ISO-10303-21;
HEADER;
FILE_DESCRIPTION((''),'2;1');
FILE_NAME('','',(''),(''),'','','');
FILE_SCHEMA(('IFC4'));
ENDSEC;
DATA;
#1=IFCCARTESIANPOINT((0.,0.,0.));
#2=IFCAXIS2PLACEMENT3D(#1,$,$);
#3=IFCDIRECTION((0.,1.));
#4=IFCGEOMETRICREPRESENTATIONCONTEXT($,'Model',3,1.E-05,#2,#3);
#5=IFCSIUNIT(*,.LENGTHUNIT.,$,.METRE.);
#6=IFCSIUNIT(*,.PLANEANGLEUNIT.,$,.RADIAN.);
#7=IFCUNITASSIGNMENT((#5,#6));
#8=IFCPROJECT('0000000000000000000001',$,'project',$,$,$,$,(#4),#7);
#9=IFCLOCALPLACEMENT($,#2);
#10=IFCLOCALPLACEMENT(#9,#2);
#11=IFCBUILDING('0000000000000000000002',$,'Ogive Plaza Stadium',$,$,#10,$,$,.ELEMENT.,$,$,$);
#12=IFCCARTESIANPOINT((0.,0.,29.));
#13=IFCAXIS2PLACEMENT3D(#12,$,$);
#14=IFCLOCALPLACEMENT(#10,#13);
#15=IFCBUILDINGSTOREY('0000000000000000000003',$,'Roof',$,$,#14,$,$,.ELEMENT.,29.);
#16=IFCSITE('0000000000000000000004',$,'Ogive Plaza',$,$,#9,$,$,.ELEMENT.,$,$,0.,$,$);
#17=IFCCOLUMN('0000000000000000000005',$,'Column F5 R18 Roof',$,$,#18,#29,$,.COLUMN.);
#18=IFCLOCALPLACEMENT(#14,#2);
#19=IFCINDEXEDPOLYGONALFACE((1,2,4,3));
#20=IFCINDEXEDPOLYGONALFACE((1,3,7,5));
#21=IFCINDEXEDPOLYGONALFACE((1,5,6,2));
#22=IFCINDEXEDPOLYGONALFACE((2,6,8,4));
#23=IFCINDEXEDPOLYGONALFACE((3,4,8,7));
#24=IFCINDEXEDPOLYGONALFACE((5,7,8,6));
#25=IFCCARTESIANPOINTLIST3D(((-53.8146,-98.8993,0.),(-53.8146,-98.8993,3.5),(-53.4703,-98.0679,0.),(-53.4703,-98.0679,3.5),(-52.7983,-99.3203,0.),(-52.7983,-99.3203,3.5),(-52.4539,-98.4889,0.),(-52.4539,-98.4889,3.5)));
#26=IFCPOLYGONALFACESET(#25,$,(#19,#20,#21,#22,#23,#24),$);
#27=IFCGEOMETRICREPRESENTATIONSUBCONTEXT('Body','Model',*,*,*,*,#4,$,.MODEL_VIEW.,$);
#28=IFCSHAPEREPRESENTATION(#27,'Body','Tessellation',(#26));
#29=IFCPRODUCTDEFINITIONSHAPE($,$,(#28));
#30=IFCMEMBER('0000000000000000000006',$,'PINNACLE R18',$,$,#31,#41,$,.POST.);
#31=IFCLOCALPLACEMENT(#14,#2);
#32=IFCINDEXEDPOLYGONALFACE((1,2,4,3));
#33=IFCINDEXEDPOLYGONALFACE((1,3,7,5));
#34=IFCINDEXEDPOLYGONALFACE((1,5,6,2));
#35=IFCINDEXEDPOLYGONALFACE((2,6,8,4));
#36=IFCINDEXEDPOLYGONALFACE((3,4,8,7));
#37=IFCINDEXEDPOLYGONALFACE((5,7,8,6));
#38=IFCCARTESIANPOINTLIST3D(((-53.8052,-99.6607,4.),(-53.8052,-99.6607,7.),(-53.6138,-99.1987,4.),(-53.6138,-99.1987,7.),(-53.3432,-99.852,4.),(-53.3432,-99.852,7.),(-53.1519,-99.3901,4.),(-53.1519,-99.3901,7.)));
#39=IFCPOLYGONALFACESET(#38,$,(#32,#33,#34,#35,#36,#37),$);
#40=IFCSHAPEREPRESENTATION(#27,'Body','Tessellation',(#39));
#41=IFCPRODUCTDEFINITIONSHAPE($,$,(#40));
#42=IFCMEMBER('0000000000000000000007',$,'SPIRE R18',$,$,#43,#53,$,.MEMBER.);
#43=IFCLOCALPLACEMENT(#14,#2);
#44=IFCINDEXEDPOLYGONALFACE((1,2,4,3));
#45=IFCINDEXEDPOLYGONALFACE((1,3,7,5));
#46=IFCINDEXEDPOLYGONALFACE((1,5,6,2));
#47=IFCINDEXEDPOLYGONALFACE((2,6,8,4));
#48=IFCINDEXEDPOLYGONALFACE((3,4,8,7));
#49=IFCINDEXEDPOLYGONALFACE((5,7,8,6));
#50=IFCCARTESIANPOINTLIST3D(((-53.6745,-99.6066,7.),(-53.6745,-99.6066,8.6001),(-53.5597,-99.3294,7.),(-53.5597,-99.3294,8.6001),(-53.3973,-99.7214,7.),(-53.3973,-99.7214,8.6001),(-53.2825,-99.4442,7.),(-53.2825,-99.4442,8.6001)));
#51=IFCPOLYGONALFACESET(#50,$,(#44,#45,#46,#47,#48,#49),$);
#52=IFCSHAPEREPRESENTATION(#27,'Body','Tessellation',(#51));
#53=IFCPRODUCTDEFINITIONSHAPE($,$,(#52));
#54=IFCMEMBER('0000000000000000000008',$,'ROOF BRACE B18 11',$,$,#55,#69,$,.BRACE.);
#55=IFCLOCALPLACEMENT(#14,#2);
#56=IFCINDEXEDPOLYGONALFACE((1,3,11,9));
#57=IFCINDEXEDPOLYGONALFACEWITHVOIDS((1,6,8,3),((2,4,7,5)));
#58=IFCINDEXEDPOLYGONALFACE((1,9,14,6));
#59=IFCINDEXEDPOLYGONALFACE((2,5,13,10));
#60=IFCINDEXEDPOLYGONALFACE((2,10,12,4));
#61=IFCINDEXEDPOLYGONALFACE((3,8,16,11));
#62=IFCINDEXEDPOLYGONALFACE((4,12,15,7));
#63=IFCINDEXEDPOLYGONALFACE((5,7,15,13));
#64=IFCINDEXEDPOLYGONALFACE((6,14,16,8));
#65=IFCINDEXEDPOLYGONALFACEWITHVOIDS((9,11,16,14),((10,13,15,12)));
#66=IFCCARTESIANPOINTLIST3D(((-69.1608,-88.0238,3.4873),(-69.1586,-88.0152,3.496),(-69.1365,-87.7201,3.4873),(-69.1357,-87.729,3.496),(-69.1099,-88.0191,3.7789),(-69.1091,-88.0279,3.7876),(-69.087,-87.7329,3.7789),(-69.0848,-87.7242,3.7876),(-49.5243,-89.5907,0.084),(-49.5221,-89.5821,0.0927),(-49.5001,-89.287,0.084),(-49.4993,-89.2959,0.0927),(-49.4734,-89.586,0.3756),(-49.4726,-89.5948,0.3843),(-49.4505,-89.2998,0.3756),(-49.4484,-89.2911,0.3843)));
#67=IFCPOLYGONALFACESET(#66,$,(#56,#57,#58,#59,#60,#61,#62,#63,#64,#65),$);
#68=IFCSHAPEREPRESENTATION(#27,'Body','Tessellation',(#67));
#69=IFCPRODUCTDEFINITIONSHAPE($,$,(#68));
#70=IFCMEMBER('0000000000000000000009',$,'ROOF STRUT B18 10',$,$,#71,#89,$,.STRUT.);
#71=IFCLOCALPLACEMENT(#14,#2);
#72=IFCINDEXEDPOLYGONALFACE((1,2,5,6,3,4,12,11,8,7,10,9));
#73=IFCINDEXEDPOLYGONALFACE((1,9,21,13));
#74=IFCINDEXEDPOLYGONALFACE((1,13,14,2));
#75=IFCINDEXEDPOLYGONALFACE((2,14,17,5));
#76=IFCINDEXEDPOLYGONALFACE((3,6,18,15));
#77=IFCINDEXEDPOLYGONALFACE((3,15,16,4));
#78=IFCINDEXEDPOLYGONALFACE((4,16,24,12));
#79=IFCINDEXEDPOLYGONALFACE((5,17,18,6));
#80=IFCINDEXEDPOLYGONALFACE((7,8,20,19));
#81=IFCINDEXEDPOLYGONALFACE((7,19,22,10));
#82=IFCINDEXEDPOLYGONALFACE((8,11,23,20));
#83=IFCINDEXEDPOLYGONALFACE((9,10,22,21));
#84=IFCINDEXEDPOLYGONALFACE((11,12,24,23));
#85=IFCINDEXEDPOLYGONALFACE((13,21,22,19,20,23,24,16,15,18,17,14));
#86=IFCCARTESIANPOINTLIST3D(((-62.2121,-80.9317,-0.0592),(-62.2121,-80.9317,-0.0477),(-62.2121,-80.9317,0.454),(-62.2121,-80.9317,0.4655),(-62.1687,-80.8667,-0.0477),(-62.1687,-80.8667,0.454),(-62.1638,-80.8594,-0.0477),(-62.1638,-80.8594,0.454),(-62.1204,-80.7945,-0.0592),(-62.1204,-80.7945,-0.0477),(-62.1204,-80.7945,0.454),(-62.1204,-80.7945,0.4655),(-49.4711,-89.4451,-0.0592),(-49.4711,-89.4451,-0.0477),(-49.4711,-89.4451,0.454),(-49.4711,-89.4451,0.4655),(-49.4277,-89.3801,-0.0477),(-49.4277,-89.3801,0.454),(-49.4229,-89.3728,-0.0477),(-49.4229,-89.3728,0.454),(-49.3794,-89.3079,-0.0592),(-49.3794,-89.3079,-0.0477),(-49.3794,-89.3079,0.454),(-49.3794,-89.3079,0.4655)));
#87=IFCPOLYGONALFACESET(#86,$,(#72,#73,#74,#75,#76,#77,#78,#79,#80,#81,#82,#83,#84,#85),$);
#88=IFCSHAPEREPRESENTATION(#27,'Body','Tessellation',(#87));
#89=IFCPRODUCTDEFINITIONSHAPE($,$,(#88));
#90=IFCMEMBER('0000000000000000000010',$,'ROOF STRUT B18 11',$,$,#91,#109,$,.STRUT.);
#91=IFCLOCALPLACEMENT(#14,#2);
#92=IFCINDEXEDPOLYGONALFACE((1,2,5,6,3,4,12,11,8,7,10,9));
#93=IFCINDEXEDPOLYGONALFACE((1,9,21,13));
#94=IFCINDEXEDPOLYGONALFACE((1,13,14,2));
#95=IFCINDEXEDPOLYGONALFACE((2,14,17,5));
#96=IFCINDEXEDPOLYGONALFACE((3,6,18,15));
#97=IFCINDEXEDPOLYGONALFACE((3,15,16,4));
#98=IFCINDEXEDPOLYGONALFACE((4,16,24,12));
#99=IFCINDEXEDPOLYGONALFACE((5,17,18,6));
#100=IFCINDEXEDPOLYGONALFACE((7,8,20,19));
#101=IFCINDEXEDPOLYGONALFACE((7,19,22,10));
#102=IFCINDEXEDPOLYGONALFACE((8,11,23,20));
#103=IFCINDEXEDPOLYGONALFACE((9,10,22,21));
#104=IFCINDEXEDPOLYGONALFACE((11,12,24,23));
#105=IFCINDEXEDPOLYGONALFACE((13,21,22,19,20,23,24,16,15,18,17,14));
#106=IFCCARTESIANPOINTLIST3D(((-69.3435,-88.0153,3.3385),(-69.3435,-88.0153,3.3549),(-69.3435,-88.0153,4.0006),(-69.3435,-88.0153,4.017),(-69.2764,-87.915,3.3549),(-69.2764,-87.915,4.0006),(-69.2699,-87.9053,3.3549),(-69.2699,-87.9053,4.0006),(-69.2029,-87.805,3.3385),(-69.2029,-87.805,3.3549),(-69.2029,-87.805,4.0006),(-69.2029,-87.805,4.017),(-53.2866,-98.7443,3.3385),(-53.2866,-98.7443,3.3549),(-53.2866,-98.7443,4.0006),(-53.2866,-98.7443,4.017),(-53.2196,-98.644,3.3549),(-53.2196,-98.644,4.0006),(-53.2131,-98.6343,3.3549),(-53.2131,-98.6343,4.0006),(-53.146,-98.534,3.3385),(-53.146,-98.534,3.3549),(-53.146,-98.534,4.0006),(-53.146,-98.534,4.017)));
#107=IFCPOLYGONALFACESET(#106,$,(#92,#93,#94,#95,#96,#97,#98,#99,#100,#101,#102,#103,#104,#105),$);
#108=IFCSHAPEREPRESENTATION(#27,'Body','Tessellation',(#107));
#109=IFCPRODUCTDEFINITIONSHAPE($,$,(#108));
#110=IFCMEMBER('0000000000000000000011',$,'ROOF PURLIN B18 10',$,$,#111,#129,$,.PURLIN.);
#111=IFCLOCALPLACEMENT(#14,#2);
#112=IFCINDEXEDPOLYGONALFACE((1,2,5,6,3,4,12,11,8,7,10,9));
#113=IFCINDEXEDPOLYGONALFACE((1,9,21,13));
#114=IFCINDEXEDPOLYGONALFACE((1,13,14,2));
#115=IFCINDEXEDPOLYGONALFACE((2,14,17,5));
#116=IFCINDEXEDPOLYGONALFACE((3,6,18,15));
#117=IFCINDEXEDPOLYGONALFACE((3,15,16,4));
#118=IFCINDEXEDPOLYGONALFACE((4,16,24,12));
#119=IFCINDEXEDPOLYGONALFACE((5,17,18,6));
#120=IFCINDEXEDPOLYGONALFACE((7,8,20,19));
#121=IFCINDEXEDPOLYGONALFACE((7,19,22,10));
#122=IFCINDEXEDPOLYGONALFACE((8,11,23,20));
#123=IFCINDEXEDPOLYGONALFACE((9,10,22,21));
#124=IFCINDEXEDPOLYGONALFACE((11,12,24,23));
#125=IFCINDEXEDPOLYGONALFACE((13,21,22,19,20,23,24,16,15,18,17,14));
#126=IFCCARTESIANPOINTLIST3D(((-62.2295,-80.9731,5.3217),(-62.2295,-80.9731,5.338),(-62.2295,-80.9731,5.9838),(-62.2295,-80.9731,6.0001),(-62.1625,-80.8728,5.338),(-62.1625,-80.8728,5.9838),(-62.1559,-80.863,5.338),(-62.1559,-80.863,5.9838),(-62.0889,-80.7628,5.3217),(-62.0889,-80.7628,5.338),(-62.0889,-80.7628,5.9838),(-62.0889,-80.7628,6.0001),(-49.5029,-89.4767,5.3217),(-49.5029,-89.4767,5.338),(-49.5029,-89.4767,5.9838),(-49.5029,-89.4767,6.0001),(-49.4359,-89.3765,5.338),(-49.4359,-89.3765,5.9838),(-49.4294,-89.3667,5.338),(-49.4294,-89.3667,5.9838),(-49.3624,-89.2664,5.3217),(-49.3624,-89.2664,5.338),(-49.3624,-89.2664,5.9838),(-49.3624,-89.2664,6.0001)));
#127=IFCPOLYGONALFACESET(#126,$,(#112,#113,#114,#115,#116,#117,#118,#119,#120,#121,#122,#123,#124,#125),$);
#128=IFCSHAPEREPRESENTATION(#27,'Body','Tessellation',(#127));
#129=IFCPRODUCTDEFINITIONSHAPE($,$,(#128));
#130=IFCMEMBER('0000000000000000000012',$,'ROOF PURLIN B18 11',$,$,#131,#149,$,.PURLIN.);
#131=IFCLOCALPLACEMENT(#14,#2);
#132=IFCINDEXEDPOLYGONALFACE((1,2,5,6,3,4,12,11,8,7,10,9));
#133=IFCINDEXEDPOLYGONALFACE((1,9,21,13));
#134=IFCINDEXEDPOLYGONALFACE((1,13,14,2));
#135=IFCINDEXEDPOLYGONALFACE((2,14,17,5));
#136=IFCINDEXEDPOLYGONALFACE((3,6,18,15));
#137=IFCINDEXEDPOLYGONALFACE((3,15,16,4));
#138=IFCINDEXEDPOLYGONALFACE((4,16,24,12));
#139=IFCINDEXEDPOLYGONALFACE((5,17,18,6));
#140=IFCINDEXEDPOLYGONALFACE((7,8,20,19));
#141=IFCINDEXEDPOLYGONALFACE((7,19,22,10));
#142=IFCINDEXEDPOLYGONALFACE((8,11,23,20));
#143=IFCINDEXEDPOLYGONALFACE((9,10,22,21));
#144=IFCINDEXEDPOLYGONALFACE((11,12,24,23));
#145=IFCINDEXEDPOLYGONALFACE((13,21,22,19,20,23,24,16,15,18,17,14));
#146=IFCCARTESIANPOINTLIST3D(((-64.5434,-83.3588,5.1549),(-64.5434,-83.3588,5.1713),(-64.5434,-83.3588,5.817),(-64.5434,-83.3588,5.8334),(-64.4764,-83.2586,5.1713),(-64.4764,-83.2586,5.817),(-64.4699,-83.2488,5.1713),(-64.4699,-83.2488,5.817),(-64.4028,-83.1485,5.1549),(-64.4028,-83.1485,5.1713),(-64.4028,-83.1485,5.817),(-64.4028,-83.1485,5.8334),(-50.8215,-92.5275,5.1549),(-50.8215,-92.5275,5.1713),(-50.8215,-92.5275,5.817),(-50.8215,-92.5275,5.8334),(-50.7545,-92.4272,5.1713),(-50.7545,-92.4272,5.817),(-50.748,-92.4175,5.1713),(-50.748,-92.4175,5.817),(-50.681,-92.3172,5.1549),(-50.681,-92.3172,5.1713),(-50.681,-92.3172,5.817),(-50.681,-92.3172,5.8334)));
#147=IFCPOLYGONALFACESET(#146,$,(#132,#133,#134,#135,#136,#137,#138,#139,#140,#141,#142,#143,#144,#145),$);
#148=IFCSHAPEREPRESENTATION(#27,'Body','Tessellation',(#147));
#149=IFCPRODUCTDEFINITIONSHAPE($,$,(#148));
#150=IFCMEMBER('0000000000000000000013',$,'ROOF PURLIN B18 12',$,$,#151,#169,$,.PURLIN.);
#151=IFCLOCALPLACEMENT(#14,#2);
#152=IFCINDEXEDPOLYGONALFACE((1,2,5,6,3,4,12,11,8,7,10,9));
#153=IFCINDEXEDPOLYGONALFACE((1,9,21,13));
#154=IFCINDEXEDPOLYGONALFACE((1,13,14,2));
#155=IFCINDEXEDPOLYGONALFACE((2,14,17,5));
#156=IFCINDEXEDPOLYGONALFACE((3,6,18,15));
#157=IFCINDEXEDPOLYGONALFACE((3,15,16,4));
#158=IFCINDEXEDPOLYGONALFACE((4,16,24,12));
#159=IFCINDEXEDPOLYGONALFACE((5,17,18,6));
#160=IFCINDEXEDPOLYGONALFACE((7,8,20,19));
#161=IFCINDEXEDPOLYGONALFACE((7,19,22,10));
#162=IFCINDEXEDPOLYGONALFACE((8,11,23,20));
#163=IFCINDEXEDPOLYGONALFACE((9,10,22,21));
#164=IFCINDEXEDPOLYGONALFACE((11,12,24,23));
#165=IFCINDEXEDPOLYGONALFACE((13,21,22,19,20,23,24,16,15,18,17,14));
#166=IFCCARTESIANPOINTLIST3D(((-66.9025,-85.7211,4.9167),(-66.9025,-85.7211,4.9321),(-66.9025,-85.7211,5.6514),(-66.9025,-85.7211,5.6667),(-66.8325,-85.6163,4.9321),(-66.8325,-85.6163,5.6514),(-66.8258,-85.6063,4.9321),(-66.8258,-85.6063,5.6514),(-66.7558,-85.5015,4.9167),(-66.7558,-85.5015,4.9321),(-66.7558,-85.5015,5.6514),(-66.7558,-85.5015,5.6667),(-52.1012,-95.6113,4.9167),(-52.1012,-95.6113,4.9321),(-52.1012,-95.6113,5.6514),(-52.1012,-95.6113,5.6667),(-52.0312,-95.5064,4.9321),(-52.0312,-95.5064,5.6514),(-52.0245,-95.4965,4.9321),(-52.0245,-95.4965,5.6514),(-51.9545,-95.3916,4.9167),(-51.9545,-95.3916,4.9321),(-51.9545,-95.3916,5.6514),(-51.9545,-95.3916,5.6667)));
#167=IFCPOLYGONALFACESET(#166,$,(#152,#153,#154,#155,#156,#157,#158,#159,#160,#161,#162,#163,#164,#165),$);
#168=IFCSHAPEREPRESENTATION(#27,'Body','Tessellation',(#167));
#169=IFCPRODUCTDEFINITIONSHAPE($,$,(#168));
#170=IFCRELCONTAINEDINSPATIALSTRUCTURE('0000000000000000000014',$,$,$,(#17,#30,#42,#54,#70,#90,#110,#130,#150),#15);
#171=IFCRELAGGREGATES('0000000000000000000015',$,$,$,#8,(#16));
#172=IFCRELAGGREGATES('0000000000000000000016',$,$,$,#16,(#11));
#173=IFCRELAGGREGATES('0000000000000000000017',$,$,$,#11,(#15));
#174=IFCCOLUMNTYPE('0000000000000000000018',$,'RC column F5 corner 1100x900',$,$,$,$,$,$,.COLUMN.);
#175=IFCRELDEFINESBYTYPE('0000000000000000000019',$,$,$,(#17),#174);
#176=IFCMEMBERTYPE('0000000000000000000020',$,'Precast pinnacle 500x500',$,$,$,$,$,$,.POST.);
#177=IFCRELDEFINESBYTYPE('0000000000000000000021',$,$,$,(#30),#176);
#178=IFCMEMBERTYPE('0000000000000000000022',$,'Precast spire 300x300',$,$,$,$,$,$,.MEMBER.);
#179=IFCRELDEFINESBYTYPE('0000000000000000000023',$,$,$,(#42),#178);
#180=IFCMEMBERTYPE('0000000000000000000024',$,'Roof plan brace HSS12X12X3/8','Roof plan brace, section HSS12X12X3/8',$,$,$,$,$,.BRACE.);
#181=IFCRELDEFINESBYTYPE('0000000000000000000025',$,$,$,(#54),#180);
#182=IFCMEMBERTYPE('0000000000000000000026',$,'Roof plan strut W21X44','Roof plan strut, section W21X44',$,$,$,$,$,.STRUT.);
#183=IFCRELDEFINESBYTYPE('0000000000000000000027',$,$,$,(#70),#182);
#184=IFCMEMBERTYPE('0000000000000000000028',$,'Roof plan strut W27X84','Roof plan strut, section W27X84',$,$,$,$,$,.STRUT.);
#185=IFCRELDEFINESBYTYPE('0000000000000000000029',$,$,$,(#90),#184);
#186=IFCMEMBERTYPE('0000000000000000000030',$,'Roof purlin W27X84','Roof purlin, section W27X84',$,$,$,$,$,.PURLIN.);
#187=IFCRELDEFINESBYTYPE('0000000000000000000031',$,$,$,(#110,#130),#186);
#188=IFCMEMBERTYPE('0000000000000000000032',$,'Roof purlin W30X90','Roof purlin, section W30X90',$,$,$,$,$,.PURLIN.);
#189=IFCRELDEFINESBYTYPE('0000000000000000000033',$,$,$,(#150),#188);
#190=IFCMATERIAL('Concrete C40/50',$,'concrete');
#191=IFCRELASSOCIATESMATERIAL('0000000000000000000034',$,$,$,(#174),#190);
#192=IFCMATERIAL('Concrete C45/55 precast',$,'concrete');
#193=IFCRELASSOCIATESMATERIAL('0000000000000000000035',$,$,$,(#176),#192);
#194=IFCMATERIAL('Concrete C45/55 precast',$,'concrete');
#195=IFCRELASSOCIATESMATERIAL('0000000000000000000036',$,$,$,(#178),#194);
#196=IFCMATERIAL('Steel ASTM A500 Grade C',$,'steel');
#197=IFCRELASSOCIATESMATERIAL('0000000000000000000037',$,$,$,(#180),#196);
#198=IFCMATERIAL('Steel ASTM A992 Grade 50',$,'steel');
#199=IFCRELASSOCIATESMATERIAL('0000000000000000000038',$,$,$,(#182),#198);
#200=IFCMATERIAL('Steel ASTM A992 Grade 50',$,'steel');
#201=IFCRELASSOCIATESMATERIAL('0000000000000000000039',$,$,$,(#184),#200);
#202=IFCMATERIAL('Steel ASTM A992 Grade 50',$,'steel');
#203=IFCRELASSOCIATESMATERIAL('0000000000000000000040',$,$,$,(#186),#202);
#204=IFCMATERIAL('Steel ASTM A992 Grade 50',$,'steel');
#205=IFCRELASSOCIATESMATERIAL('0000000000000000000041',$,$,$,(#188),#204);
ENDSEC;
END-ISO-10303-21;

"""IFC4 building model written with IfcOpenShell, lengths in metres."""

from ifc_helpers import new_model, si_unit, direction, frame, origin, origin_2d, place, context, subcontext, project, spatial, rectangle, hollow_rectangle, i_section, extrude, material, material_profile, profile_set, type_object, element, save


model = new_model("IFC4")

# Units and contexts
model_context = context("Model", 3, precision=1e-05, world=origin(), true_north=direction((0.0, 1.0)))
body_context = subcontext(model_context, "Body", "Model", "MODEL_VIEW")
ifc_project = project(units=[si_unit("LENGTHUNIT", "METRE"), si_unit("PLANEANGLEUNIT", "RADIAN")], contexts=[model_context])

# Site, building, storey
site_placement = place(None, origin())
site = spatial("IfcSite", under=ifc_project, at=site_placement, Name="Ogive Plaza", CompositionType="ELEMENT", RefElevation=0.0)
building_placement = place(site_placement, origin())
building = spatial("IfcBuilding", under=site, at=building_placement, Name="Ogive Plaza Stadium", CompositionType="ELEMENT")
storey_placement = place(building_placement, frame((0.0, 0.0, 29.0)))
storey = spatial("IfcBuildingStorey", under=building, at=storey_placement, Name="Roof", CompositionType="ELEMENT", Elevation=29.0)

# Column
ifc_material_1 = material(Name="Concrete C40/50", Category="concrete")
ifc_material_profile_1 = material_profile(ifc_material_1, rectangle(XDim=1.1001, YDim=0.8999, at=origin_2d()), Name="RC 1100x900")
ifc_profile_set_1 = profile_set([ifc_material_profile_1], Name="Concrete C40/50")
column_type = type_object("IfcColumnType", Name="RC column F5 corner 1100x900", PredefinedType="COLUMN", material=ifc_profile_set_1)
column_placement = place(storey_placement, frame((-53.1343, -98.6941, 0.0), z_axis=(0.0, 0.0, 1.0), x_axis=(0.92388, -0.382683, 0.0)))
element("IfcColumn", 1, at=column_placement, inside=storey, type_object=column_type, Name="Column F5 R18 Roof", PredefinedType="COLUMN", context=body_context, shape_type="SweptSolid", body=[
    extrude(rectangle(XDim=1.1001, YDim=0.8999, at=origin_2d()), origin(), (0.0, 0.0, 1.0), 3.5),
])

# Members
ifc_material_2 = material(Name="Concrete C45/55 precast", Category="concrete")
ifc_material_profile_2 = material_profile(ifc_material_2, rectangle(XDim=0.5, YDim=0.5, at=origin_2d()), Name="RC 500x500")
ifc_profile_set_2 = profile_set([ifc_material_profile_2], Name="Concrete C45/55 precast")
member_type_1 = type_object("IfcMemberType", Name="Precast pinnacle 500x500", PredefinedType="POST", material=ifc_profile_set_2)
member_1_placement = place(storey_placement, frame((-53.4785, -99.5254, 4.0), z_axis=(0.0, 0.0, 1.0), x_axis=(0.92388, -0.382683, 0.0)))
element("IfcMember", 2, at=member_1_placement, inside=storey, type_object=member_type_1, Name="PINNACLE R18", PredefinedType="POST", context=body_context, shape_type="SweptSolid", body=[
    extrude(rectangle(XDim=0.5, YDim=0.5, at=origin_2d()), origin(), (0.0, 0.0, 1.0), 3.0),
])
ifc_material_3 = material(Name="Concrete C45/55 precast", Category="concrete")
ifc_material_profile_3 = material_profile(ifc_material_3, rectangle(XDim=0.3, YDim=0.3, at=origin_2d()), Name="RC 300x300")
ifc_profile_set_3 = profile_set([ifc_material_profile_3], Name="Concrete C45/55 precast")
member_type_2 = type_object("IfcMemberType", Name="Precast spire 300x300", PredefinedType="MEMBER", material=ifc_profile_set_3)
member_2_placement = place(storey_placement, frame((-53.4785, -99.5254, 7.0), z_axis=(0.0, 0.0, 1.0), x_axis=(0.92388, -0.382683, 0.0)))
element("IfcMember", 3, at=member_2_placement, inside=storey, type_object=member_type_2, Name="SPIRE R18", PredefinedType="MEMBER", context=body_context, shape_type="SweptSolid", body=[
    extrude(rectangle(XDim=0.3, YDim=0.3, at=origin_2d()), origin(), (0.0, 0.0, 1.0), 1.6001),
])
ifc_material_4 = material(Name="Steel ASTM A500 Grade C", Category="steel")
ifc_material_profile_4 = material_profile(ifc_material_4, hollow_rectangle(XDim=0.3047, YDim=0.3047, WallThickness=0.0088, at=origin_2d()), Name="HSS12X12X3/8")
ifc_profile_set_4 = profile_set([ifc_material_profile_4], Name="Steel ASTM A500 Grade C")
member_type_3 = type_object("IfcMemberType", Name="Roof plan brace HSS12X12X3/8", Description="Roof plan brace, section HSS12X12X3/8", PredefinedType="BRACE", material=ifc_profile_set_4)
member_3_placement = place(storey_placement, frame((-49.4863, -89.4409, 0.2341), z_axis=(-0.98228, 0.078381, 0.170245), x_axis=(-0.079542, -0.996831, 0.0)))
element("IfcMember", 4, at=member_3_placement, inside=storey, type_object=member_type_3, Name="ROOF BRACE B18 11", PredefinedType="BRACE", context=body_context, shape_type="SweptSolid", body=[
    extrude(hollow_rectangle(XDim=0.3047, YDim=0.3047, WallThickness=0.0088, at=origin_2d()), origin(), (0.0, 0.0, 1.0), 19.9907),
])
ifc_material_5 = material(Name="Steel ASTM A992 Grade 50", Category="steel")
ifc_material_profile_5 = material_profile(ifc_material_5, i_section(OverallWidth=0.165, OverallDepth=0.5247, WebThickness=0.0088, FlangeThickness=0.0115, at=origin_2d()), Name="W21X44")
ifc_profile_set_5 = profile_set([ifc_material_profile_5], Name="Steel ASTM A992 Grade 50")
member_type_4 = type_object("IfcMemberType", Name="Roof plan strut W21X44", Description="Roof plan strut, section W21X44", PredefinedType="STRUT", material=ifc_profile_set_5)
member_4_placement = place(storey_placement, frame((-49.4253, -89.3765, 0.2031), z_axis=(-0.831464, 0.555579, 0.0), x_axis=(-0.555579, -0.831464, 0.0)))
element("IfcMember", 5, at=member_4_placement, inside=storey, type_object=member_type_4, Name="ROOF STRUT B18 10", PredefinedType="STRUT", context=body_context, shape_type="SweptSolid", body=[
    extrude(i_section(OverallWidth=0.165, OverallDepth=0.5247, WebThickness=0.0088, FlangeThickness=0.0115, at=origin_2d()), origin(), (0.0, 0.0, 1.0), 15.3235),
])
ifc_material_6 = material(Name="Steel ASTM A992 Grade 50", Category="steel")
ifc_material_profile_6 = material_profile(ifc_material_6, i_section(OverallWidth=0.2529, OverallDepth=0.6785, WebThickness=0.0117, FlangeThickness=0.0164, at=origin_2d()), Name="W27X84")
ifc_profile_set_6 = profile_set([ifc_material_profile_6], Name="Steel ASTM A992 Grade 50")
member_type_5 = type_object("IfcMemberType", Name="Roof plan strut W27X84", Description="Roof plan strut, section W27X84", PredefinedType="STRUT", material=ifc_profile_set_6)
member_5_placement = place(storey_placement, frame((-53.2163, -98.6392, 3.6777), z_axis=(-0.831466, 0.555575, 0.0), x_axis=(-0.555575, -0.831466, 0.0)))
element("IfcMember", 6, at=member_5_placement, inside=storey, type_object=member_type_5, Name="ROOF STRUT B18 11", PredefinedType="STRUT", context=body_context, shape_type="SweptSolid", body=[
    extrude(i_section(OverallWidth=0.2529, OverallDepth=0.6785, WebThickness=0.0117, FlangeThickness=0.0164, at=origin_2d()), origin(), (0.0, 0.0, 1.0), 19.3115),
])
ifc_material_7 = material(Name="Steel ASTM A992 Grade 50", Category="steel")
ifc_material_profile_7 = material_profile(ifc_material_7, i_section(OverallWidth=0.2529, OverallDepth=0.6785, WebThickness=0.0117, FlangeThickness=0.0164, at=origin_2d()), Name="W27X84")
ifc_profile_set_7 = profile_set([ifc_material_profile_7], Name="Steel ASTM A992 Grade 50")
member_type_6 = type_object("IfcMemberType", Name="Roof purlin W27X84", Description="Roof purlin, section W27X84", PredefinedType="PURLIN", material=ifc_profile_set_7)
member_6_placement = place(storey_placement, frame((-49.4326, -89.3716, 5.6609), z_axis=(-0.831468, 0.555572, 0.0), x_axis=(-0.555572, -0.831468, 0.0)))
element("IfcMember", 7, at=member_6_placement, inside=storey, type_object=member_type_6, Name="ROOF PURLIN B18 10", PredefinedType="PURLIN", context=body_context, shape_type="SweptSolid", body=[
    extrude(i_section(OverallWidth=0.2529, OverallDepth=0.6785, WebThickness=0.0117, FlangeThickness=0.0164, at=origin_2d()), origin(), (0.0, 0.0, 1.0), 15.3062),
])
member_7_placement = place(storey_placement, frame((-50.7512, -92.4224, 5.4941), z_axis=(-0.831469, 0.55557, 0.0), x_axis=(-0.55557, -0.831469, 0.0)))
element("IfcMember", 8, at=member_7_placement, inside=storey, type_object=member_type_6, Name="ROOF PURLIN B18 11", PredefinedType="PURLIN", context=body_context, shape_type="SweptSolid", body=[
    extrude(i_section(OverallWidth=0.2529, OverallDepth=0.6785, WebThickness=0.0117, FlangeThickness=0.0164, at=origin_2d()), origin(), (0.0, 0.0, 1.0), 16.5032),
])
ifc_material_8 = material(Name="Steel ASTM A992 Grade 50", Category="steel")
ifc_material_profile_8 = material_profile(ifc_material_8, i_section(OverallWidth=0.2642, OverallDepth=0.75, WebThickness=0.012, FlangeThickness=0.0154, at=origin_2d()), Name="W30X90")
ifc_profile_set_8 = profile_set([ifc_material_profile_8], Name="Steel ASTM A992 Grade 50")
member_type_7 = type_object("IfcMemberType", Name="Roof purlin W30X90", Description="Roof purlin, section W30X90", PredefinedType="PURLIN", material=ifc_profile_set_8)
member_8_placement = place(storey_placement, frame((-52.0278, -95.5015, 5.2917), z_axis=(-0.831463, 0.55558, 0.0), x_axis=(-0.55558, -0.831463, 0.0)))
element("IfcMember", 9, at=member_8_placement, inside=storey, type_object=member_type_7, Name="ROOF PURLIN B18 12", PredefinedType="PURLIN", context=body_context, shape_type="SweptSolid", body=[
    extrude(i_section(OverallWidth=0.2642, OverallDepth=0.75, WebThickness=0.012, FlangeThickness=0.0154, at=origin_2d()), origin(), (0.0, 0.0, 1.0), 17.8015),
])

save(model, "model.ifc")
